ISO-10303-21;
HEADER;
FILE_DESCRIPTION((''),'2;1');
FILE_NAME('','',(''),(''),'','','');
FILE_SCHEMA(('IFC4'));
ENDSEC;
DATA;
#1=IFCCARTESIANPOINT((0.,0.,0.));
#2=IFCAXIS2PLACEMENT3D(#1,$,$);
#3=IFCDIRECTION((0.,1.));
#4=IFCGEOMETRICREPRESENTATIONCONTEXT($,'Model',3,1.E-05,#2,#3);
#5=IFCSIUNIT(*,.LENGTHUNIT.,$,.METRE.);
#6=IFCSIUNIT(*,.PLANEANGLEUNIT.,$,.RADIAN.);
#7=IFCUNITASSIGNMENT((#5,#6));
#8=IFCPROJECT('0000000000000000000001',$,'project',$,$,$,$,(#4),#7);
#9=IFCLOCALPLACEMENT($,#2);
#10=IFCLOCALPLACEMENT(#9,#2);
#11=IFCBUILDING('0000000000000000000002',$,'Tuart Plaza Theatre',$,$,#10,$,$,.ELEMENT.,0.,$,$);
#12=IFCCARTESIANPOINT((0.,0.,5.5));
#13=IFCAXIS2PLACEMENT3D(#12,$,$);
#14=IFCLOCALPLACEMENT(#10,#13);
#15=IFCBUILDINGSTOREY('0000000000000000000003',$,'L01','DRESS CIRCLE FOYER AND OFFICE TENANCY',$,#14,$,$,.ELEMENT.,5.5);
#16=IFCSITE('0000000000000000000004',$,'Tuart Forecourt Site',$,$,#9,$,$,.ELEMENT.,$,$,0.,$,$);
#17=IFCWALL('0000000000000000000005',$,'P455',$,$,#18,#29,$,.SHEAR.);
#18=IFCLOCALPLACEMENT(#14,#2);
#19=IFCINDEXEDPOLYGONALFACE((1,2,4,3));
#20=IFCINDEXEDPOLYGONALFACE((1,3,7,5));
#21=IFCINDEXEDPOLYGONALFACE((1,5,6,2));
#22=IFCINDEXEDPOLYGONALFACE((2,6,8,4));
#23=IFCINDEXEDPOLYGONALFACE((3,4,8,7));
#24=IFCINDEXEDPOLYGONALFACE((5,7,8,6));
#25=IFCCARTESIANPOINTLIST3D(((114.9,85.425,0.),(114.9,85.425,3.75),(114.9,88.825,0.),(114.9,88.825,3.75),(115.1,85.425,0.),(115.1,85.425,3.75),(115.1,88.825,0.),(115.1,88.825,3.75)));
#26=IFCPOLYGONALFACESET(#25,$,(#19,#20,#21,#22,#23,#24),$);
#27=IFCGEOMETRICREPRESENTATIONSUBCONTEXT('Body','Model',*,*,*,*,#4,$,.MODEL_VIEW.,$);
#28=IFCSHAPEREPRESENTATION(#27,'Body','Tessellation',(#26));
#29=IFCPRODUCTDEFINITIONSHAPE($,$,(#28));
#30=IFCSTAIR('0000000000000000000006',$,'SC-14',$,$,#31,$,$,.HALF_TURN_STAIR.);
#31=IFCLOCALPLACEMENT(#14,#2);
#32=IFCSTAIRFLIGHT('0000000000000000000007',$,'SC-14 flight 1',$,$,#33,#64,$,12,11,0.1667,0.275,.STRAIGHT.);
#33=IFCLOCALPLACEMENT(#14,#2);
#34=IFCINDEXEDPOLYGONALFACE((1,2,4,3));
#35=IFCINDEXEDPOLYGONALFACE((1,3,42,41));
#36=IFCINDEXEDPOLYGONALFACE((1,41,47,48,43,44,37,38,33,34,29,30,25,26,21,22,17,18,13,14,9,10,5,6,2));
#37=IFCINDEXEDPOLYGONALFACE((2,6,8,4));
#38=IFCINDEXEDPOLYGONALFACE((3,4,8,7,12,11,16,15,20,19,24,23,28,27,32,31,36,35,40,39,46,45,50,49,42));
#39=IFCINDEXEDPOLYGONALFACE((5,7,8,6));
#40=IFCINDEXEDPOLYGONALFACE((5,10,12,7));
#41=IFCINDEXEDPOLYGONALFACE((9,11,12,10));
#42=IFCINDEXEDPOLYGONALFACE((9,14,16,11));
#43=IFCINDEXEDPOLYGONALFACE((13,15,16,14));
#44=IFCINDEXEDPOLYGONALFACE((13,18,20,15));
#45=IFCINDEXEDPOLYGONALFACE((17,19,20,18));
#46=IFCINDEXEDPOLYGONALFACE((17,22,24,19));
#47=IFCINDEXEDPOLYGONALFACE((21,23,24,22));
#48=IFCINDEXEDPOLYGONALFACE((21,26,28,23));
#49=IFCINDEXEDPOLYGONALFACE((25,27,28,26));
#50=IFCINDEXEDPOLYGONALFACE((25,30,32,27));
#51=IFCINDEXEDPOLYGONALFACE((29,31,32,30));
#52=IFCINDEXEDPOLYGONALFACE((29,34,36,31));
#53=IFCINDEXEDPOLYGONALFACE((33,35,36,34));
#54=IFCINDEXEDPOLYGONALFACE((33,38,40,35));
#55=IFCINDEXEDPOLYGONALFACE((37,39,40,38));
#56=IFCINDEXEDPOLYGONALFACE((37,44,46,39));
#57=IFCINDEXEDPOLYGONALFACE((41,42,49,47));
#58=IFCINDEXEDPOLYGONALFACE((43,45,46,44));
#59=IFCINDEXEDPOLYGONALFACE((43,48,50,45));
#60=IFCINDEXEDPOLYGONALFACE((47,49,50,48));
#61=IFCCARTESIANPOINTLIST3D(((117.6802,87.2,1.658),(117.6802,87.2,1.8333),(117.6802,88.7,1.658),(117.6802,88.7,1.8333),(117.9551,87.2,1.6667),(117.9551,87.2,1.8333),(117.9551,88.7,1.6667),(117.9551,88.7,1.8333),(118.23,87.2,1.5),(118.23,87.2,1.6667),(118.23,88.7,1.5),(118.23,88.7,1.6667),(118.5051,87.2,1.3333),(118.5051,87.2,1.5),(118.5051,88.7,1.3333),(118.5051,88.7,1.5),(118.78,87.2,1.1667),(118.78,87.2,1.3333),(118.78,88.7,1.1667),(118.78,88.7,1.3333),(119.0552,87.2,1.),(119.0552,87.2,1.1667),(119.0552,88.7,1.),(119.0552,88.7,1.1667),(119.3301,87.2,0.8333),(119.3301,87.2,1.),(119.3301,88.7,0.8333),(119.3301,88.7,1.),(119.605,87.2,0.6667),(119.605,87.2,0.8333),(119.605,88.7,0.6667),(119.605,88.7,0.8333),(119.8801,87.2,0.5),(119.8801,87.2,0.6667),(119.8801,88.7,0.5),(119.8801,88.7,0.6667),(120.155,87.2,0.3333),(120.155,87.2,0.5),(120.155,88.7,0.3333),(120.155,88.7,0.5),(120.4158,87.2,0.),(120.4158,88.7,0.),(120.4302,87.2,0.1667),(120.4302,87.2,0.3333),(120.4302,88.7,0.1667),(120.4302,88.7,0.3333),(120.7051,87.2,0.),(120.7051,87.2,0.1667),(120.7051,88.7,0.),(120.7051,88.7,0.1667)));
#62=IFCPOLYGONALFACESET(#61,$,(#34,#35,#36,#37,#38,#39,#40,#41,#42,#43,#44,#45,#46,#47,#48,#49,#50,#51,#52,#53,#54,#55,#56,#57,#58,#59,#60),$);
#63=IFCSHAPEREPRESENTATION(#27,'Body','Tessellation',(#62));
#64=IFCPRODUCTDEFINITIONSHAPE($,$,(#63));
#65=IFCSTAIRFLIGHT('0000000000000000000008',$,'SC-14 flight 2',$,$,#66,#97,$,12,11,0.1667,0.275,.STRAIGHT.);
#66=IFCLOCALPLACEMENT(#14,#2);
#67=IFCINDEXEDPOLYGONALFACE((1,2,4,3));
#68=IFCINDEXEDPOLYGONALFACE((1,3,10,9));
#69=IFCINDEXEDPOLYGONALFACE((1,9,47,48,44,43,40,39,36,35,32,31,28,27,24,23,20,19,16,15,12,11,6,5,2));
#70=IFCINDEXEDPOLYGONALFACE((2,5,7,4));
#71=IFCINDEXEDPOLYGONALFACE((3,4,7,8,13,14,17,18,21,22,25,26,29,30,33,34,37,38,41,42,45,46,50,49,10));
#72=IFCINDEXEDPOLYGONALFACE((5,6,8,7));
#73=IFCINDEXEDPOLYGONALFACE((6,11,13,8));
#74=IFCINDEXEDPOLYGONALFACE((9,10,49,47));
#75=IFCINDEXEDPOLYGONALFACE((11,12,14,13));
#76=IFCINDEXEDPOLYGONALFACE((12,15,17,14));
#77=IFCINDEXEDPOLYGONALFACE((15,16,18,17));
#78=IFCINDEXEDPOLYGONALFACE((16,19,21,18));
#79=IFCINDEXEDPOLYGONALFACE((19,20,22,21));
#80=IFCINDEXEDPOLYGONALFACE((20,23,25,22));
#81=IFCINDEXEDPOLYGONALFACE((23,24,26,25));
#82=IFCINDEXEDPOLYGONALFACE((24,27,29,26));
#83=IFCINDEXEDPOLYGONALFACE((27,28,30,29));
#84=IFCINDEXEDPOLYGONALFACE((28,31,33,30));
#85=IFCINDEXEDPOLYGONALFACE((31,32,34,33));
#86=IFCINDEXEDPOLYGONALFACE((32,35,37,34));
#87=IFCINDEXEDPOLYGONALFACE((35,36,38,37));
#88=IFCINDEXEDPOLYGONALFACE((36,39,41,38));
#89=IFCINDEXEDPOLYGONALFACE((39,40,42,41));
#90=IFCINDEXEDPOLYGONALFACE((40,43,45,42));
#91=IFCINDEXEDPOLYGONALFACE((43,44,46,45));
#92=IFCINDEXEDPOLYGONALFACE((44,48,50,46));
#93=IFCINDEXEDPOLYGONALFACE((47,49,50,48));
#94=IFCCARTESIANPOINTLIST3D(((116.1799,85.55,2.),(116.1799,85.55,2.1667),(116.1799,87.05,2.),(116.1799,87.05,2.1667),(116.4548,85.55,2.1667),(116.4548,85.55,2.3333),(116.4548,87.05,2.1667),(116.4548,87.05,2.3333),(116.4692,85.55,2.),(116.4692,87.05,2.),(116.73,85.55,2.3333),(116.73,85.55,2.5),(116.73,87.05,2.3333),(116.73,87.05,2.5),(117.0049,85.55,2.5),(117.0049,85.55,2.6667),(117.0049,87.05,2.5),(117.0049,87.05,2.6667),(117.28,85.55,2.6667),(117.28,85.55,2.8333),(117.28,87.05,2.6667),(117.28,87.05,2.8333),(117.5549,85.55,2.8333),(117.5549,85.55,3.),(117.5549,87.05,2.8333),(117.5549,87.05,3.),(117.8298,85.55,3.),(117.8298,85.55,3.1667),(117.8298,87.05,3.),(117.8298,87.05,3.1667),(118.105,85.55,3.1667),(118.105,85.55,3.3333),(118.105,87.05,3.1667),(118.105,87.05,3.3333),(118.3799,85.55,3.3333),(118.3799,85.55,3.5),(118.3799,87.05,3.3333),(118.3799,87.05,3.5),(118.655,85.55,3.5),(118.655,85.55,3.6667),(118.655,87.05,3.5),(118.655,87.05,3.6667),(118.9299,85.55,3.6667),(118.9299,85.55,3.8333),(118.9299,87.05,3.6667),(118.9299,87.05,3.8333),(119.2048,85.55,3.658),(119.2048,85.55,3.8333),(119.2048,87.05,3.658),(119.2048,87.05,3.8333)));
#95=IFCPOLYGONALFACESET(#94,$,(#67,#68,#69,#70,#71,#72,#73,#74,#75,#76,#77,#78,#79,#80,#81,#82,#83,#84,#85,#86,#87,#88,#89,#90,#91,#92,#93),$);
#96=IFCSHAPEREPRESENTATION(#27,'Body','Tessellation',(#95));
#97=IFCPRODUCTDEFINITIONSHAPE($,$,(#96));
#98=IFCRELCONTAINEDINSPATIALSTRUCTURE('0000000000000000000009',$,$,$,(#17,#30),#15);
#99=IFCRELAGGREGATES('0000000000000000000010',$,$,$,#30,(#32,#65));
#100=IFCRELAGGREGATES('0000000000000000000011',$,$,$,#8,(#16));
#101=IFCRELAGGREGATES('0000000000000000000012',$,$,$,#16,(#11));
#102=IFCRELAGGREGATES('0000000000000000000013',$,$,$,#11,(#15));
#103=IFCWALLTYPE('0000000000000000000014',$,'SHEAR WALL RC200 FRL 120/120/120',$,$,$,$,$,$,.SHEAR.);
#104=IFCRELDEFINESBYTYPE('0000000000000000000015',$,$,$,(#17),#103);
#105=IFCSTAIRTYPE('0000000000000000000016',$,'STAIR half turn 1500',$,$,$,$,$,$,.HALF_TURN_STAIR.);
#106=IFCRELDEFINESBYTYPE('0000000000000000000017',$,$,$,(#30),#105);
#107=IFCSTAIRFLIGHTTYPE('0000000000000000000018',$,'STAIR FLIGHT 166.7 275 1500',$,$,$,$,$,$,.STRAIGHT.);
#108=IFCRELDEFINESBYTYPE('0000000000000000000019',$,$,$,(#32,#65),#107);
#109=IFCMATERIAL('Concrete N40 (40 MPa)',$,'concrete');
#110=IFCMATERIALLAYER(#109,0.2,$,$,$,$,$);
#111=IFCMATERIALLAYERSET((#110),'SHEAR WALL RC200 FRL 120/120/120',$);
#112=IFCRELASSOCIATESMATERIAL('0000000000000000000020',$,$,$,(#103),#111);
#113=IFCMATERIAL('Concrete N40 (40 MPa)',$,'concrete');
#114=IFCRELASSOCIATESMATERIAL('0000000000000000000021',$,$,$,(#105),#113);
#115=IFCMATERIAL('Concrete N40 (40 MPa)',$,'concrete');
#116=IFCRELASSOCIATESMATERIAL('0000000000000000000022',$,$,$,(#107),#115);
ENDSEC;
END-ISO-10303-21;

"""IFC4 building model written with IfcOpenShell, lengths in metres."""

from ifc_helpers import new_model, si_unit, direction, frame, frame_2d, origin, place, context, subcontext, project, spatial, polyline, rectangle, outline, extrude, material, layer, layer_set, type_object, element, aggregate, save


model = new_model("IFC4")

# Units and contexts
model_context = context("Model", 3, precision=1e-05, world=origin(), true_north=direction((0.0, 1.0)))
body_context = subcontext(model_context, "Body", "Model", "MODEL_VIEW")
ifc_project = project(units=[si_unit("LENGTHUNIT", "METRE"), si_unit("PLANEANGLEUNIT", "RADIAN")], contexts=[model_context])

# Site, building, storey
site_placement = place(None, origin())
site = spatial("IfcSite", under=ifc_project, at=site_placement, Name="Tuart Forecourt Site", CompositionType="ELEMENT", RefElevation=0.0)
building_placement = place(site_placement, origin())
building = spatial("IfcBuilding", under=site, at=building_placement, Name="Tuart Plaza Theatre", CompositionType="ELEMENT", ElevationOfRefHeight=0.0)
storey_placement = place(building_placement, frame((0.0, 0.0, 5.5)))
storey = spatial("IfcBuildingStorey", under=building, at=storey_placement, Name="L01", Description="DRESS CIRCLE FOYER AND OFFICE TENANCY", CompositionType="ELEMENT", Elevation=5.5)

# Shared definitions
ifc_material_1 = material(Name="Concrete N40 (40 MPa)", Category="concrete")
ifc_layer_1 = layer(ifc_material_1, 0.2)
ifc_layer_set_1 = layer_set([ifc_layer_1], Name="SHEAR WALL RC200 FRL 120/120/120")
wall_type = type_object("IfcWallType", Name="SHEAR WALL RC200 FRL 120/120/120", PredefinedType="SHEAR", material=ifc_layer_set_1)

# Wall
wall_1_placement = place(storey_placement, frame((115.0, 88.825, 0.0), z_axis=(0.0, 0.0, 1.0), x_axis=(0.0, -1.0, 0.0)))
element("IfcWall", 1, at=wall_1_placement, inside=storey, type_object=wall_type, Name="P455", PredefinedType="SHEAR", context=body_context, shape_type="SweptSolid", body=[
    extrude(rectangle(XDim=3.3999, YDim=0.2, at=frame_2d((1.7, 0.0))), origin(), (0.0, 0.0, 1.0), 3.75),
])

# Stair, stair flights
ifc_material_2 = material(Name="Concrete N40 (40 MPa)", Category="concrete")
stair_type = type_object("IfcStairType", Name="STAIR half turn 1500", PredefinedType="HALF_TURN_STAIR", material=ifc_material_2)
stair_placement = place(storey_placement, origin())
stair = element("IfcStair", 2, at=stair_placement, inside=storey, type_object=stair_type, Name="SC-14", PredefinedType="HALF_TURN_STAIR")
ifc_material_3 = material(Name="Concrete N40 (40 MPa)", Category="concrete")
stair_flight_type = type_object("IfcStairFlightType", Name="STAIR FLIGHT 166.7 275 1500", PredefinedType="STRAIGHT", material=ifc_material_3)
stair_flight_1_placement = place(storey_placement, frame((120.7051, 87.95, 0.0), z_axis=(0.0, 0.0, 1.0), x_axis=(-1.0, 0.0, 0.0)))
stair_flight_1 = element("IfcStairFlight", 3, at=stair_flight_1_placement, type_object=stair_flight_type, Name="SC-14 flight 1", NumberOfRisers=12, NumberOfTreads=11, PredefinedType="STRAIGHT", RiserHeight=0.1667, TreadLength=0.275, context=body_context, shape_type="SweptSolid", body=[
    extrude(outline(polyline([(0.0, 0.0), (0.0, 0.1667), (0.2749, 0.1667), (0.2749, 0.3333), (0.55, 0.3333), (0.55, 0.5), (0.825, 0.5), (0.825, 0.6667), (1.1001, 0.6667), (1.1001, 0.8333), (1.375, 0.8333), (1.375, 1.0), (1.6499, 1.0), (1.6499, 1.1667), (1.925, 1.1667), (1.925, 1.3333), (2.2, 1.3333), (2.2, 1.5), (2.4751, 1.5), (2.4751, 1.6667), (2.75, 1.6667), (2.75, 1.8333), (3.0249, 1.8333), (3.0249, 2.0), (3.0249, 1.658), (0.2893, 0.0), (0.0, 0.0)])), frame((0.0, 0.75, 0.0), z_axis=(0.0, -1.0, 0.0), x_axis=(1.0, 0.0, 0.0)), (0.0, 0.0, 1.0), 1.5),
])
stair_flight_2_placement = place(storey_placement, frame((116.1799, 86.3, 2.0), z_axis=(0.0, 0.0, 1.0), x_axis=(1.0, 0.0, 0.0)))
stair_flight_2 = element("IfcStairFlight", 4, at=stair_flight_2_placement, type_object=stair_flight_type, Name="SC-14 flight 2", NumberOfRisers=12, NumberOfTreads=11, PredefinedType="STRAIGHT", RiserHeight=0.1667, TreadLength=0.275, context=body_context, shape_type="SweptSolid", body=[
    extrude(outline(polyline([(0.0, 0.0), (0.0, 0.1667), (0.2749, 0.1667), (0.2749, 0.3333), (0.55, 0.3333), (0.55, 0.5), (0.825, 0.5), (0.825, 0.6667), (1.1001, 0.6667), (1.1001, 0.8333), (1.375, 0.8333), (1.375, 1.0), (1.6499, 1.0), (1.6499, 1.1667), (1.925, 1.1667), (1.925, 1.3333), (2.2, 1.3333), (2.2, 1.5), (2.4751, 1.5), (2.4751, 1.6667), (2.75, 1.6667), (2.75, 1.8333), (3.0249, 1.8333), (3.0249, 2.0), (3.0249, 1.658), (0.2893, 0.0), (0.0, 0.0)])), frame((0.0, 0.75, 0.0), z_axis=(0.0, -1.0, 0.0), x_axis=(1.0, 0.0, 0.0)), (0.0, 0.0, 1.0), 1.5),
])
aggregate(stair, [stair_flight_1, stair_flight_2])

save(model, "model.ifc")
